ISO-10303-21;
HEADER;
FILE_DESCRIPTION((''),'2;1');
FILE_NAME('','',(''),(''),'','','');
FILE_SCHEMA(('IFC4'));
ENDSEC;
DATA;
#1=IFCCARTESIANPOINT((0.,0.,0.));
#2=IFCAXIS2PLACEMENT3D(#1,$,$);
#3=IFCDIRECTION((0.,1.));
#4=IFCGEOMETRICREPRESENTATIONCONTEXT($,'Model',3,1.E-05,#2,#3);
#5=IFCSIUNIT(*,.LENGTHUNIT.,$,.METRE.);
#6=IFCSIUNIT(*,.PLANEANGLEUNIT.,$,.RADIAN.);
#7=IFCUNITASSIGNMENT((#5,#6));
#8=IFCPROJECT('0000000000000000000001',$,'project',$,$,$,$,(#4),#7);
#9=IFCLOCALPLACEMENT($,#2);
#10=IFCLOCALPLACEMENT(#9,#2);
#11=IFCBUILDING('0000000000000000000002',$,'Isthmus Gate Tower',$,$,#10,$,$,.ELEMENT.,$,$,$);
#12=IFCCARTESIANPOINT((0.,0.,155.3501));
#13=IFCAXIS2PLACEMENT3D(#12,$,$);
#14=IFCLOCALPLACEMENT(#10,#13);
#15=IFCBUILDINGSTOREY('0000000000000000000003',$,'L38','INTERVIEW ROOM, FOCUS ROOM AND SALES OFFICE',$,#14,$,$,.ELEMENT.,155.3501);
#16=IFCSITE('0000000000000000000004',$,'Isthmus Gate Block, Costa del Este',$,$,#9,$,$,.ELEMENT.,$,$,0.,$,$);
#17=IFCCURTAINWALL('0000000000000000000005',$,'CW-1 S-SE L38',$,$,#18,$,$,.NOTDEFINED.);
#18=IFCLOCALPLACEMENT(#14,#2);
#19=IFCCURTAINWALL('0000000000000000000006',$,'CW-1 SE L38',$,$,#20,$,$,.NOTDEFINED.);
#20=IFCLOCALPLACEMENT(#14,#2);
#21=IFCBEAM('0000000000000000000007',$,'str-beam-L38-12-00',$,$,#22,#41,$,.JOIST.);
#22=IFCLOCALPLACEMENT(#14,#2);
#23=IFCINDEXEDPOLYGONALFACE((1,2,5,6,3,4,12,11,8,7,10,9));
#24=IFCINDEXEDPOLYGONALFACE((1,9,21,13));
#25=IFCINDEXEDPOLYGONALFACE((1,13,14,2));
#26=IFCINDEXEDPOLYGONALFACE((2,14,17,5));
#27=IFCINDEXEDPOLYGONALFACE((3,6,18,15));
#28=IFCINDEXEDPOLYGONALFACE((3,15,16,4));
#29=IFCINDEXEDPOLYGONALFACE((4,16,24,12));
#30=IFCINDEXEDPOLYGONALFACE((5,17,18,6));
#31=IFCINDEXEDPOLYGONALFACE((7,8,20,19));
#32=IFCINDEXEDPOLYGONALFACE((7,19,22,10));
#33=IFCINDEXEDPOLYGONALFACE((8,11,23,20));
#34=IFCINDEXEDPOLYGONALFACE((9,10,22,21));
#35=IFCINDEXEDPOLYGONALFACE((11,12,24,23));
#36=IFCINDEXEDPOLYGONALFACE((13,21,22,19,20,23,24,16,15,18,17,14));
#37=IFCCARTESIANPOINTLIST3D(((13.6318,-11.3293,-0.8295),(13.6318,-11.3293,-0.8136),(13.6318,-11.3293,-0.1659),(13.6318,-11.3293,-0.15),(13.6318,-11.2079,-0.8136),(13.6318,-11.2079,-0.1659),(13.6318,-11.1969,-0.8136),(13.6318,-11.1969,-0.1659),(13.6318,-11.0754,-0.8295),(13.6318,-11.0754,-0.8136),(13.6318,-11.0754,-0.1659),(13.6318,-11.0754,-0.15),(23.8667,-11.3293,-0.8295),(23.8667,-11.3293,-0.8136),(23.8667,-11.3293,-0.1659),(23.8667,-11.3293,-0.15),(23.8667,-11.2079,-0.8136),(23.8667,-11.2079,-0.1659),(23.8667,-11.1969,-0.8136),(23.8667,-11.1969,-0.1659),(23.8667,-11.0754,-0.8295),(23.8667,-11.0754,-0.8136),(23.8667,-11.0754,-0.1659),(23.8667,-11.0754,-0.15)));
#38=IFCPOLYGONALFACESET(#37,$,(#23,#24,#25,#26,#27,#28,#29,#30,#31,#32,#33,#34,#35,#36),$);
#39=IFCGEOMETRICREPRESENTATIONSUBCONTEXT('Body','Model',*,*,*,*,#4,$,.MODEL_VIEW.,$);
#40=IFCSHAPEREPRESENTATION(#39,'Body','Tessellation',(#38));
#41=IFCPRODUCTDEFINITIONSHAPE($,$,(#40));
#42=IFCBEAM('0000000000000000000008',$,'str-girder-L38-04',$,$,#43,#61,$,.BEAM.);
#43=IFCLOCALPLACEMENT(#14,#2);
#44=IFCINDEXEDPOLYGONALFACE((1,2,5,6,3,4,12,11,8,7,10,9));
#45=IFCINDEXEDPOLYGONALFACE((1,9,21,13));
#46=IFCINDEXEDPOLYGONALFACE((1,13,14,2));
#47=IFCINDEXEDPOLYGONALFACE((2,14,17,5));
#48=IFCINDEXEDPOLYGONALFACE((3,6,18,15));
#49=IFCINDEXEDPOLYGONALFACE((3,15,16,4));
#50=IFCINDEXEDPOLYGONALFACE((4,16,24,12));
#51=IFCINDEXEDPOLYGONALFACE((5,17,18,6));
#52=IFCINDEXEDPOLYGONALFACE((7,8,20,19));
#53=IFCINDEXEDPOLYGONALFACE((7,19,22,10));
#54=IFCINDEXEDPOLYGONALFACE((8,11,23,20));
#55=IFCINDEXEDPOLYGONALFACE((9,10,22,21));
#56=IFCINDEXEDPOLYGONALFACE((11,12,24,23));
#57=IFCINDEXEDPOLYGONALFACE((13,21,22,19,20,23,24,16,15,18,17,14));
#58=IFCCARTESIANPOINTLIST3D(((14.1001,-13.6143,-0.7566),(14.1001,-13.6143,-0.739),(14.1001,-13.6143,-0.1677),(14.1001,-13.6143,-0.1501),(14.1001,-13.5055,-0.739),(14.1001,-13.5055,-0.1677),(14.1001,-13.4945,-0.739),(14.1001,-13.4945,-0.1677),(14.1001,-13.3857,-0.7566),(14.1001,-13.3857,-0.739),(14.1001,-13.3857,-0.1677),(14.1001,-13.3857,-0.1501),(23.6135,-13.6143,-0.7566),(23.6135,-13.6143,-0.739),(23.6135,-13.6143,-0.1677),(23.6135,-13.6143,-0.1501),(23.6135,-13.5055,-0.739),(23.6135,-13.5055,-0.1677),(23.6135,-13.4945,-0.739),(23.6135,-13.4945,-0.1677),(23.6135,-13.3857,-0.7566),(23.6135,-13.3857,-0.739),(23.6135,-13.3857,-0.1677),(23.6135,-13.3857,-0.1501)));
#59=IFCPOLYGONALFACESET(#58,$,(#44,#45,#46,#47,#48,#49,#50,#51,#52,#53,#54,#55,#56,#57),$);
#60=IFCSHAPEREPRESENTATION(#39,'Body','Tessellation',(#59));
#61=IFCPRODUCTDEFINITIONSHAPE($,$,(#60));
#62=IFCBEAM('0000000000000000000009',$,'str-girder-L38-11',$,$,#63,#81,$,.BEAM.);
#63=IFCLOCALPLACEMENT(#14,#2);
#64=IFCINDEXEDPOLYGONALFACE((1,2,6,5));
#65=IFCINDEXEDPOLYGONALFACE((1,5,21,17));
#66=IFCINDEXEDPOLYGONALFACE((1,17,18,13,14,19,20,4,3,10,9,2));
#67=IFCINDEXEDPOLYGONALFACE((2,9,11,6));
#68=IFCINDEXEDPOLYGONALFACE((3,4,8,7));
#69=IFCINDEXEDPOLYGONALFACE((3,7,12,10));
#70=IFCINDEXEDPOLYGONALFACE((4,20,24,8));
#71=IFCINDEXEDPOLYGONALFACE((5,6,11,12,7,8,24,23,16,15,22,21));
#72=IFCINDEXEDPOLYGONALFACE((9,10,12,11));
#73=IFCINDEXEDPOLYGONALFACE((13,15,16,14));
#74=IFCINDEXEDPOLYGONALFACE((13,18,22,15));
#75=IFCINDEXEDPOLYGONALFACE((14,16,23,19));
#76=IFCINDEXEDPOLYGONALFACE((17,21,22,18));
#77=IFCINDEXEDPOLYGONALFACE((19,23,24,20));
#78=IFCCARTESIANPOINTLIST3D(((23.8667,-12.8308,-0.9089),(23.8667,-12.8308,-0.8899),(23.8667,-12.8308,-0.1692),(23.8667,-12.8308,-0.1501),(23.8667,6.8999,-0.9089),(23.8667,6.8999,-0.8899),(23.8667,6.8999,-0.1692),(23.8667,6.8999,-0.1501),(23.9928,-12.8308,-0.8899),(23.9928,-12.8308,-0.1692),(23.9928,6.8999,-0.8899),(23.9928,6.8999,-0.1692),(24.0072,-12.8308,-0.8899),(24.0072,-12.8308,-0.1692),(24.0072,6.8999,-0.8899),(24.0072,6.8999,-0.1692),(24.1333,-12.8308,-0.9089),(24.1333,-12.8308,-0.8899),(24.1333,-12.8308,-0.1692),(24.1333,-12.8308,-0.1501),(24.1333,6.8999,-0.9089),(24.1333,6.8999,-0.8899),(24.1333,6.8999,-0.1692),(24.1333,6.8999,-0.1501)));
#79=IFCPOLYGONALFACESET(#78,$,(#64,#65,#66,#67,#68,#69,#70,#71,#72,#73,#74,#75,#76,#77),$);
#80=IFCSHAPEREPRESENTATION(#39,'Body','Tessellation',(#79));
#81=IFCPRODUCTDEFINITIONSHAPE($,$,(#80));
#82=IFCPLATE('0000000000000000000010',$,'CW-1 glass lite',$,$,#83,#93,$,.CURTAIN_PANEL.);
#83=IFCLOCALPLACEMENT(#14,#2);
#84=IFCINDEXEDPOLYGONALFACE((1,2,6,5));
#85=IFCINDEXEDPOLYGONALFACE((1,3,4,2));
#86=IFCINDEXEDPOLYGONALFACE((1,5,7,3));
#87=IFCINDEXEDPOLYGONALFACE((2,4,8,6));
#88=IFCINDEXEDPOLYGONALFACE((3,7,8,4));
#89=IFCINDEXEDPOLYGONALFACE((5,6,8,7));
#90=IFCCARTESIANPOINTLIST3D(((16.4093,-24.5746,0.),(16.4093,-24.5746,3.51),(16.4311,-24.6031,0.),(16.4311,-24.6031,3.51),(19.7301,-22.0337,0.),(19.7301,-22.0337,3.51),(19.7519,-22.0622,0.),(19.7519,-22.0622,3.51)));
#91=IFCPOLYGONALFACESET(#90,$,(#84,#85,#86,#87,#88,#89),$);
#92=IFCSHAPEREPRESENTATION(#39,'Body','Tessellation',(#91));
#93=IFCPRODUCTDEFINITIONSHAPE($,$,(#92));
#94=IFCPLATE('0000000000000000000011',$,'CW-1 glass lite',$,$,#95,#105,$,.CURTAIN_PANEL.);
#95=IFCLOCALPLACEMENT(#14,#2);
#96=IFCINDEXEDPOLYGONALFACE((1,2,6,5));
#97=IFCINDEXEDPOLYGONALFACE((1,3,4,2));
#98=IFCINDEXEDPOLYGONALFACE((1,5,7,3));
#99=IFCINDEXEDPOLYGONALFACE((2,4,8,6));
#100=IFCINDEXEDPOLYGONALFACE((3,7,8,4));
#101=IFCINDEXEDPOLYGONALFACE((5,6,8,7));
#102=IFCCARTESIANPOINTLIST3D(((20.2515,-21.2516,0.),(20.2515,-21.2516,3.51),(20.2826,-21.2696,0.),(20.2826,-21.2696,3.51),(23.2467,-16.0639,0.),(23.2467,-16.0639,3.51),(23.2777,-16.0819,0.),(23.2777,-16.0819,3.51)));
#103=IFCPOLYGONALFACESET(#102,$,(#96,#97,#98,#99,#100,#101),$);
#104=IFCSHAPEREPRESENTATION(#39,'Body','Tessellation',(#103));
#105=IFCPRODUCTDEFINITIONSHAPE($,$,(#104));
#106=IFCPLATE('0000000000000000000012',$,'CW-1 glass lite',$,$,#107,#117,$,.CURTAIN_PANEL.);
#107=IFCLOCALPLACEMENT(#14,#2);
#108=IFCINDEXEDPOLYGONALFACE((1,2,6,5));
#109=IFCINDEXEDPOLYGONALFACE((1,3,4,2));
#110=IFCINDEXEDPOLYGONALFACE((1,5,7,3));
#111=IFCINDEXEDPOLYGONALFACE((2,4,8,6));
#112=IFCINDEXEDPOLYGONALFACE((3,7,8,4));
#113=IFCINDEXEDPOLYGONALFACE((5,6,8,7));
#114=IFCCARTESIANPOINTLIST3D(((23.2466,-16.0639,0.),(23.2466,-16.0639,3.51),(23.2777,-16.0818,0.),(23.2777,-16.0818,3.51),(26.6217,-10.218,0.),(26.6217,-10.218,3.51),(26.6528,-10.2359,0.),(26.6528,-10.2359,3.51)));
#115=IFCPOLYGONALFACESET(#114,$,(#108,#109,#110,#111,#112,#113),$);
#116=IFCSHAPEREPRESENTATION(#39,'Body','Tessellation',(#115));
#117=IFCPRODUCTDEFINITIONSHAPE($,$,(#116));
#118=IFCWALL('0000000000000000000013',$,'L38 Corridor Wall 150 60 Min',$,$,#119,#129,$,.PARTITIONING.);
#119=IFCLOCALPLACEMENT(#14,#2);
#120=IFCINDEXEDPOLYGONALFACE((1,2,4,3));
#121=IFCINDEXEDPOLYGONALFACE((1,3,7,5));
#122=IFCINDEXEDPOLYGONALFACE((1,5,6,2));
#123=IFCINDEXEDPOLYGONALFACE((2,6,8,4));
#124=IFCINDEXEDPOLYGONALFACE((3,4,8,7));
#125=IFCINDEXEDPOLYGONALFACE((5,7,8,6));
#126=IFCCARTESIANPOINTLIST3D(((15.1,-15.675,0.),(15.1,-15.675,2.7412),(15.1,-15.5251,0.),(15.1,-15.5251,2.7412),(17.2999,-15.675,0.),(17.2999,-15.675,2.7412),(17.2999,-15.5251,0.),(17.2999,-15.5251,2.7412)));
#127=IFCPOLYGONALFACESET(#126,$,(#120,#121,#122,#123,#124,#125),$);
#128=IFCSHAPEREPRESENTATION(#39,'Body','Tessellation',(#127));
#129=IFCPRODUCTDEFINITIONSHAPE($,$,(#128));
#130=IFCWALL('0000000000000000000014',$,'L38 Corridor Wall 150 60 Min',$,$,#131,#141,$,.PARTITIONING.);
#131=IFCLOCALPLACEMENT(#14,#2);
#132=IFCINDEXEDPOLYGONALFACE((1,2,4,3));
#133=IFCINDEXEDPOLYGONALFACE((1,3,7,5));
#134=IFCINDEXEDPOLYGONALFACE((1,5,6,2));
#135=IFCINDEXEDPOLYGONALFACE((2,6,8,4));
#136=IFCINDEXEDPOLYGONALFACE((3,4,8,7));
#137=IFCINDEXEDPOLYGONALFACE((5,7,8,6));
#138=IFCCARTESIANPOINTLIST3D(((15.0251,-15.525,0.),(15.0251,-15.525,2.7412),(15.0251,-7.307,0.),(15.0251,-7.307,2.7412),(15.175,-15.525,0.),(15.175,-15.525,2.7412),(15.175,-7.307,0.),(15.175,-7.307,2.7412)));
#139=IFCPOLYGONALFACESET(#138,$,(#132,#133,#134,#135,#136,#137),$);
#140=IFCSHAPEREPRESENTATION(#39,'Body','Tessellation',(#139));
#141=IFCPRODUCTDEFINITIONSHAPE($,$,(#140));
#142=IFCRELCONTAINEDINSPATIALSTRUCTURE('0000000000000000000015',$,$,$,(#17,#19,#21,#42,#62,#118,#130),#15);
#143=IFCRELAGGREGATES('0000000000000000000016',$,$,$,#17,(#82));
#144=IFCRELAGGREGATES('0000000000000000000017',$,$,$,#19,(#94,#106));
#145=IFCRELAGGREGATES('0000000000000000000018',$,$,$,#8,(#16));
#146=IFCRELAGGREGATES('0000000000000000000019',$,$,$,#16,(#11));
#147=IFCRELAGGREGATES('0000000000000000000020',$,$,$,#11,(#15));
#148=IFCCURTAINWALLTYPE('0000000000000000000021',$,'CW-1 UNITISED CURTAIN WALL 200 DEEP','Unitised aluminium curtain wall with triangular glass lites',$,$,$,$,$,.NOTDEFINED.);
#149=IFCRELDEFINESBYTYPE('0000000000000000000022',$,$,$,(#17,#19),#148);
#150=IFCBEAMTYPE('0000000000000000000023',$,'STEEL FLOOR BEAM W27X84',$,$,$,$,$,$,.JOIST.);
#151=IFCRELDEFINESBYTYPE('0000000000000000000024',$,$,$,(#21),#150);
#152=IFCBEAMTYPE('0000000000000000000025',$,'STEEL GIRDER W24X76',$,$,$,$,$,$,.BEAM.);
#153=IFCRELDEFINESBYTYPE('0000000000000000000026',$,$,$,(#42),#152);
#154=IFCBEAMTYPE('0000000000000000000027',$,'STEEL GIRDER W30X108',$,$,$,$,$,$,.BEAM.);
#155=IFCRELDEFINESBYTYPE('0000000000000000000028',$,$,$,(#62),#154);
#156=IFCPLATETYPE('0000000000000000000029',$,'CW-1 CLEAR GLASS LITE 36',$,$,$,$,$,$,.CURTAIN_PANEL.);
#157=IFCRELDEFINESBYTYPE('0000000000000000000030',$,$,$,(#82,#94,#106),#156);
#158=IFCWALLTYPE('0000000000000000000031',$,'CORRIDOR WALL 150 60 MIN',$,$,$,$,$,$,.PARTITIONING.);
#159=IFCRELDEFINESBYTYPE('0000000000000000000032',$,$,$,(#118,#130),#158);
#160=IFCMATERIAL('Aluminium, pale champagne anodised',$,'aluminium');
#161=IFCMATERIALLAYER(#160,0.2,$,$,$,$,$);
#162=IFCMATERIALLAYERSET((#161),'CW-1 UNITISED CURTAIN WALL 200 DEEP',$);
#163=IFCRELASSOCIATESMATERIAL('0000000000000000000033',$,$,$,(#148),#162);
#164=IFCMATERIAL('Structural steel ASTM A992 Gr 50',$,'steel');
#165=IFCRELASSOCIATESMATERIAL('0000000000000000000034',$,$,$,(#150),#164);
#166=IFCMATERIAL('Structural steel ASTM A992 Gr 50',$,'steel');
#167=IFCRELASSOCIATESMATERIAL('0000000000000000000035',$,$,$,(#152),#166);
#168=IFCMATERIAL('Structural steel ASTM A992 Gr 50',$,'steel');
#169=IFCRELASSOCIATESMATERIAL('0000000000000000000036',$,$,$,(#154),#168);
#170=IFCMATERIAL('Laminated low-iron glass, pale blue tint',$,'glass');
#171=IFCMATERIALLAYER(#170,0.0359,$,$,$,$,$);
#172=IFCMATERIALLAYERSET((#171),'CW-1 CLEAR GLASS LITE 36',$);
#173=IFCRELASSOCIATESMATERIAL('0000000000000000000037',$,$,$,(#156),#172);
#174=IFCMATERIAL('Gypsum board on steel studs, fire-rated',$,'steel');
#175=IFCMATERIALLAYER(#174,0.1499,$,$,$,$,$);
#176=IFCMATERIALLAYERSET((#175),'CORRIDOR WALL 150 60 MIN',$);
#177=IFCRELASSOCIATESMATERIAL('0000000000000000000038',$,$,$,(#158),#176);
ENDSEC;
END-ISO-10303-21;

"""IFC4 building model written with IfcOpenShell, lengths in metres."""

from ifc_helpers import new_model, si_unit, direction, frame, frame_2d, origin, origin_2d, place, context, subcontext, project, spatial, rectangle, i_section, extrude, material, layer, layer_set, material_profile, profile_set, type_object, element, aggregate, save


model = new_model("IFC4")

# Units and contexts
model_context = context("Model", 3, precision=1e-05, world=origin(), true_north=direction((0.0, 1.0)))
body_context = subcontext(model_context, "Body", "Model", "MODEL_VIEW")
ifc_project = project(units=[si_unit("LENGTHUNIT", "METRE"), si_unit("PLANEANGLEUNIT", "RADIAN")], contexts=[model_context])

# Site, building, storey
site_placement = place(None, origin())
site = spatial("IfcSite", under=ifc_project, at=site_placement, Name="Isthmus Gate Block, Costa del Este", CompositionType="ELEMENT", RefElevation=0.0)
building_placement = place(site_placement, origin())
building = spatial("IfcBuilding", under=site, at=building_placement, Name="Isthmus Gate Tower", CompositionType="ELEMENT")
storey_placement = place(building_placement, frame((0.0, 0.0, 155.3501)))
storey = spatial("IfcBuildingStorey", under=building, at=storey_placement, Name="L38", Description="INTERVIEW ROOM, FOCUS ROOM AND SALES OFFICE", CompositionType="ELEMENT", Elevation=155.3501)

# Curtain wall
ifc_material_1 = material(Name="Aluminium, pale champagne anodised", Category="aluminium")
ifc_layer_1 = layer(ifc_material_1, 0.2)
ifc_layer_set_1 = layer_set([ifc_layer_1], Name="CW-1 UNITISED CURTAIN WALL 200 DEEP")
curtain_wall_type = type_object("IfcCurtainWallType", Name="CW-1 UNITISED CURTAIN WALL 200 DEEP", Description="Unitised aluminium curtain wall with triangular glass lites", PredefinedType="NOTDEFINED", material=ifc_layer_set_1)
curtain_wall_1_placement = place(storey_placement, origin())
curtain_wall_1 = element("IfcCurtainWall", 1, at=curtain_wall_1_placement, inside=storey, type_object=curtain_wall_type, Name="CW-1 S-SE L38", PredefinedType="NOTDEFINED")

# Curtain wall
curtain_wall_2_placement = place(storey_placement, origin())
curtain_wall_2 = element("IfcCurtainWall", 2, at=curtain_wall_2_placement, inside=storey, type_object=curtain_wall_type, Name="CW-1 SE L38", PredefinedType="NOTDEFINED")

# Beams
ifc_material_2 = material(Name="Structural steel ASTM A992 Gr 50", Category="steel")
ifc_material_profile_1 = material_profile(ifc_material_2, i_section(OverallWidth=0.2539, OverallDepth=0.6794, WebThickness=0.011, FlangeThickness=0.0159, at=origin_2d()), Name="W27X84")
ifc_profile_set_1 = profile_set([ifc_material_profile_1], Name="Structural steel ASTM A992 Gr 50")
beam_type_1 = type_object("IfcBeamType", Name="STEEL FLOOR BEAM W27X84", PredefinedType="JOIST", material=ifc_profile_set_1)
beam_1_placement = place(storey_placement, frame((13.6318, -11.2024, -0.4897), z_axis=(1.0, 0.0, 0.0), x_axis=(0.0, 1.0, 0.0)))
element("IfcBeam", 3, at=beam_1_placement, inside=storey, type_object=beam_type_1, Name="str-beam-L38-12-00", PredefinedType="JOIST", context=body_context, shape_type="SweptSolid", body=[
    extrude(i_section(OverallWidth=0.2539, OverallDepth=0.6794, WebThickness=0.011, FlangeThickness=0.0159, at=origin_2d()), origin(), (0.0, 0.0, 1.0), 10.2349),
])
ifc_material_3 = material(Name="Structural steel ASTM A992 Gr 50", Category="steel")
ifc_material_profile_2 = material_profile(ifc_material_3, i_section(OverallWidth=0.2285, OverallDepth=0.6064, WebThickness=0.011, FlangeThickness=0.0176, at=origin_2d()), Name="W24X76")
ifc_profile_set_2 = profile_set([ifc_material_profile_2], Name="Structural steel ASTM A992 Gr 50")
beam_type_2 = type_object("IfcBeamType", Name="STEEL GIRDER W24X76", PredefinedType="BEAM", material=ifc_profile_set_2)
beam_2_placement = place(storey_placement, frame((14.1001, -13.5, -0.4534), z_axis=(1.0, 0.0, 0.0), x_axis=(0.0, 1.0, 0.0)))
element("IfcBeam", 4, at=beam_2_placement, inside=storey, type_object=beam_type_2, Name="str-girder-L38-04", PredefinedType="BEAM", context=body_context, shape_type="SweptSolid", body=[
    extrude(i_section(OverallWidth=0.2285, OverallDepth=0.6064, WebThickness=0.011, FlangeThickness=0.0176, at=origin_2d()), origin(), (0.0, 0.0, 1.0), 9.5134),
])
ifc_material_4 = material(Name="Structural steel ASTM A992 Gr 50", Category="steel")
ifc_material_profile_3 = material_profile(ifc_material_4, i_section(OverallWidth=0.2666, OverallDepth=0.7588, WebThickness=0.0144, FlangeThickness=0.019, at=origin_2d()), Name="W30X108")
ifc_profile_set_3 = profile_set([ifc_material_profile_3], Name="Structural steel ASTM A992 Gr 50")
beam_type_3 = type_object("IfcBeamType", Name="STEEL GIRDER W30X108", PredefinedType="BEAM", material=ifc_profile_set_3)
beam_3_placement = place(storey_placement, frame((24.0, -12.8308, -0.5295), z_axis=(0.0, 1.0, 0.0), x_axis=(-1.0, 0.0, 0.0)))
element("IfcBeam", 5, at=beam_3_placement, inside=storey, type_object=beam_type_3, Name="str-girder-L38-11", PredefinedType="BEAM", context=body_context, shape_type="SweptSolid", body=[
    extrude(i_section(OverallWidth=0.2666, OverallDepth=0.7588, WebThickness=0.0144, FlangeThickness=0.019, at=origin_2d()), origin(), (0.0, 0.0, 1.0), 19.7307),
])

# Plates
ifc_material_5 = material(Name="Laminated low-iron glass, pale blue tint", Category="glass")
ifc_layer_2 = layer(ifc_material_5, 0.0359)
ifc_layer_set_2 = layer_set([ifc_layer_2], Name="CW-1 CLEAR GLASS LITE 36")
plate_type = type_object("IfcPlateType", Name="CW-1 CLEAR GLASS LITE 36", PredefinedType="CURTAIN_PANEL", material=ifc_layer_set_2)
plate_1_placement = place(storey_placement, frame((18.0806, -23.3184, 0.0), z_axis=(0.0, 0.0, 1.0), x_axis=(0.794189, 0.607671, 0.0)))
plate_1 = element("IfcPlate", 6, at=plate_1_placement, type_object=plate_type, Name="CW-1 glass lite", PredefinedType="CURTAIN_PANEL", context=body_context, shape_type="SweptSolid", body=[
    extrude(rectangle(XDim=4.1814, YDim=0.0359, at=origin_2d()), origin(), (0.0, 0.0, 1.0), 3.51),
])
aggregate(curtain_wall_1, [plate_1])
plate_2_placement = place(storey_placement, frame((21.7646, -18.6667, 0.0), z_axis=(0.0, 0.0, 1.0), x_axis=(0.5, 0.866025, 0.0)))
plate_2 = element("IfcPlate", 7, at=plate_2_placement, type_object=plate_type, Name="CW-1 glass lite", PredefinedType="CURTAIN_PANEL", context=body_context, shape_type="SweptSolid", body=[
    extrude(rectangle(XDim=5.9902, YDim=0.0359, at=origin_2d()), origin(), (0.0, 0.0, 1.0), 3.51),
])
plate_3_placement = place(storey_placement, frame((24.9497, -13.1499, 0.0), z_axis=(0.0, 0.0, 1.0), x_axis=(0.5, 0.866025, 0.0)))
plate_3 = element("IfcPlate", 8, at=plate_3_placement, type_object=plate_type, Name="CW-1 glass lite", PredefinedType="CURTAIN_PANEL", context=body_context, shape_type="SweptSolid", body=[
    extrude(rectangle(XDim=6.7502, YDim=0.0359, at=origin_2d()), origin(), (0.0, 0.0, 1.0), 3.51),
])
aggregate(curtain_wall_2, [plate_2, plate_3])

# Walls
ifc_material_6 = material(Name="Gypsum board on steel studs, fire-rated", Category="steel")
ifc_layer_3 = layer(ifc_material_6, 0.1499)
ifc_layer_set_3 = layer_set([ifc_layer_3], Name="CORRIDOR WALL 150 60 MIN")
wall_type = type_object("IfcWallType", Name="CORRIDOR WALL 150 60 MIN", PredefinedType="PARTITIONING", material=ifc_layer_set_3)
wall_1_placement = place(storey_placement, frame((17.3, -15.6001, 0.0), z_axis=(0.0, 0.0, 1.0), x_axis=(-1.0, 0.0, 0.0)))
element("IfcWall", 9, at=wall_1_placement, inside=storey, type_object=wall_type, Name="L38 Corridor Wall 150 60 Min", PredefinedType="PARTITIONING", context=body_context, shape_type="SweptSolid", body=[
    extrude(rectangle(XDim=2.2, YDim=0.1499, at=frame_2d((1.1001, 0.0))), origin(), (0.0, 0.0, 1.0), 2.7412),
])
wall_2_placement = place(storey_placement, frame((15.1001, -15.5249, 0.0), z_axis=(0.0, 0.0, 1.0), x_axis=(0.0, 1.0, 0.0)))
element("IfcWall", 10, at=wall_2_placement, inside=storey, type_object=wall_type, Name="L38 Corridor Wall 150 60 Min", PredefinedType="PARTITIONING", context=body_context, shape_type="SweptSolid", body=[
    extrude(rectangle(XDim=8.218, YDim=0.1499, at=frame_2d((4.1089, 0.0))), origin(), (0.0, 0.0, 1.0), 2.7412),
])

save(model, "model.ifc")
